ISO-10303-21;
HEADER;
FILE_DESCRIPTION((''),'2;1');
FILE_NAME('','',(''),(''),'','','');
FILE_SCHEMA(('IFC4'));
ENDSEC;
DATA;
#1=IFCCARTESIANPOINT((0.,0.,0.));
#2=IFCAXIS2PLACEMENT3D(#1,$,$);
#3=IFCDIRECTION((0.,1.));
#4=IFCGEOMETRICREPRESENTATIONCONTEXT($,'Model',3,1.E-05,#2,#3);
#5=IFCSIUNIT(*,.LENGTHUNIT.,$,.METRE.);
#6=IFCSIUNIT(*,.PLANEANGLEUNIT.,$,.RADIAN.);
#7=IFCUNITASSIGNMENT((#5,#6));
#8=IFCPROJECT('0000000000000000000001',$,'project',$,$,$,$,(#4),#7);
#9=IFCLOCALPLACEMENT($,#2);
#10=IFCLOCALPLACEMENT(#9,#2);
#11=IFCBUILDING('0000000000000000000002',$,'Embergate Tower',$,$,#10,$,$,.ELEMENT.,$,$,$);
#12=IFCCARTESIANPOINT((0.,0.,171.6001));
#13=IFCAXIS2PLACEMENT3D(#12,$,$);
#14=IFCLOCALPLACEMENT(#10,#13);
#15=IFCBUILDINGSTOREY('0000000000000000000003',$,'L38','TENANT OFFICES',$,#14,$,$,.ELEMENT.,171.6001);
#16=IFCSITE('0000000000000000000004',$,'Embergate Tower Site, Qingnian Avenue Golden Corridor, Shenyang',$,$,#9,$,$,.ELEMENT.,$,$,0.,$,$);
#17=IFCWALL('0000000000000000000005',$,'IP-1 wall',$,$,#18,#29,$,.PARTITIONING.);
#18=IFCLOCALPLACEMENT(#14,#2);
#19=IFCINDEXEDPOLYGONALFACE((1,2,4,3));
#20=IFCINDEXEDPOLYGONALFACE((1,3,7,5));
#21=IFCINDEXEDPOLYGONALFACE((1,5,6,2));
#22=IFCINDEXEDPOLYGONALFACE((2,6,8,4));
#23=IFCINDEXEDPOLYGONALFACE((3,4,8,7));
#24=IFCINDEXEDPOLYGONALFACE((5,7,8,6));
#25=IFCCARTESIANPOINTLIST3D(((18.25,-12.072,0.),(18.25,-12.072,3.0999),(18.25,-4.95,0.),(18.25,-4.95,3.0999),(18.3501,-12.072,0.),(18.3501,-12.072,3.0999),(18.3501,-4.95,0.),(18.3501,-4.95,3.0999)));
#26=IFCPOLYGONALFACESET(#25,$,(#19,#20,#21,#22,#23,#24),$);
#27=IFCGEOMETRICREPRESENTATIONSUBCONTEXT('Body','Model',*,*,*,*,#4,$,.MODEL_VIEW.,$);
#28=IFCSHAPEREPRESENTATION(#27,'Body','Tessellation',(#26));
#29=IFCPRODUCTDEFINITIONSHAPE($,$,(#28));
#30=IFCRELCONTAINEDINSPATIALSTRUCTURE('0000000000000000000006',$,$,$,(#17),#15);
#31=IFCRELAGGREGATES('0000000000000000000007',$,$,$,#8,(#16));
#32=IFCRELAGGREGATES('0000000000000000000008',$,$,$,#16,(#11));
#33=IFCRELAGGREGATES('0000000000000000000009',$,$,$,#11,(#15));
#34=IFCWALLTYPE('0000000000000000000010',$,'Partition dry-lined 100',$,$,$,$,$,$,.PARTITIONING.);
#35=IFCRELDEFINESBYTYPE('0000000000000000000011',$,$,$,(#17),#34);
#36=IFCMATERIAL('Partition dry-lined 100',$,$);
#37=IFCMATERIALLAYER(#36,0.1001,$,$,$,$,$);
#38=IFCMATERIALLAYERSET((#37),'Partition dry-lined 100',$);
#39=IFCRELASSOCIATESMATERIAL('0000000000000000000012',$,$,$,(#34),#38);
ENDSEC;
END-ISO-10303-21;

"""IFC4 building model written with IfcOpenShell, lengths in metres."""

from ifc_helpers import new_model, si_unit, direction, frame, frame_2d, origin, place, context, subcontext, project, spatial, rectangle, extrude, source, transform, mapped, material, layer, layer_set, type_object, element, save


model = new_model("IFC4")

# Units and contexts
model_context = context("Model", 3, precision=1e-05, world=origin(), true_north=direction((0.0, 1.0)))
body_context = subcontext(model_context, "Body", "Model", "MODEL_VIEW")
ifc_project = project(units=[si_unit("LENGTHUNIT", "METRE"), si_unit("PLANEANGLEUNIT", "RADIAN")], contexts=[model_context])

# Site, building, storey
site_placement = place(None, origin())
site = spatial("IfcSite", under=ifc_project, at=site_placement, Name="Embergate Tower Site, Qingnian Avenue Golden Corridor, Shenyang", CompositionType="ELEMENT", RefElevation=0.0)
building_placement = place(site_placement, origin())
building = spatial("IfcBuilding", under=site, at=building_placement, Name="Embergate Tower", CompositionType="ELEMENT")
storey_placement = place(building_placement, frame((0.0, 0.0, 171.6001)))
storey = spatial("IfcBuildingStorey", under=building, at=storey_placement, Name="L38", Description="TENANT OFFICES", CompositionType="ELEMENT", Elevation=171.6001)

# Shared definitions
ifc_material_1 = material(Name="Partition dry-lined 100")
ifc_layer_1 = layer(ifc_material_1, 0.1001)
ifc_layer_set_1 = layer_set([ifc_layer_1], Name="Partition dry-lined 100")
wall_type_1 = type_object("IfcWallType", Name="Partition dry-lined 100", PredefinedType="PARTITIONING", material=ifc_layer_set_1)

# Wall
shared_shape_1 = source(origin(), body_context, "Body", "SweptSolid", [
    extrude(rectangle(XDim=7.1221, YDim=0.1001, at=frame_2d((3.561, 0.0))), origin(), (0.0, 0.0, 1.0), 3.0999),
])
wall_1_placement = place(storey_placement, frame((18.3, -4.95, 0.0), z_axis=(0.0, 0.0, 1.0), x_axis=(0.0, -1.0, 0.0)))
element("IfcWall", 1, at=wall_1_placement, inside=storey, type_object=wall_type_1, Name="IP-1 wall", PredefinedType="PARTITIONING", context=body_context, shape_type="MappedRepresentation", body=[
    mapped(shared_shape_1, transform((0.0, 0.0, 0.0))),
])

save(model, "model.ifc")
